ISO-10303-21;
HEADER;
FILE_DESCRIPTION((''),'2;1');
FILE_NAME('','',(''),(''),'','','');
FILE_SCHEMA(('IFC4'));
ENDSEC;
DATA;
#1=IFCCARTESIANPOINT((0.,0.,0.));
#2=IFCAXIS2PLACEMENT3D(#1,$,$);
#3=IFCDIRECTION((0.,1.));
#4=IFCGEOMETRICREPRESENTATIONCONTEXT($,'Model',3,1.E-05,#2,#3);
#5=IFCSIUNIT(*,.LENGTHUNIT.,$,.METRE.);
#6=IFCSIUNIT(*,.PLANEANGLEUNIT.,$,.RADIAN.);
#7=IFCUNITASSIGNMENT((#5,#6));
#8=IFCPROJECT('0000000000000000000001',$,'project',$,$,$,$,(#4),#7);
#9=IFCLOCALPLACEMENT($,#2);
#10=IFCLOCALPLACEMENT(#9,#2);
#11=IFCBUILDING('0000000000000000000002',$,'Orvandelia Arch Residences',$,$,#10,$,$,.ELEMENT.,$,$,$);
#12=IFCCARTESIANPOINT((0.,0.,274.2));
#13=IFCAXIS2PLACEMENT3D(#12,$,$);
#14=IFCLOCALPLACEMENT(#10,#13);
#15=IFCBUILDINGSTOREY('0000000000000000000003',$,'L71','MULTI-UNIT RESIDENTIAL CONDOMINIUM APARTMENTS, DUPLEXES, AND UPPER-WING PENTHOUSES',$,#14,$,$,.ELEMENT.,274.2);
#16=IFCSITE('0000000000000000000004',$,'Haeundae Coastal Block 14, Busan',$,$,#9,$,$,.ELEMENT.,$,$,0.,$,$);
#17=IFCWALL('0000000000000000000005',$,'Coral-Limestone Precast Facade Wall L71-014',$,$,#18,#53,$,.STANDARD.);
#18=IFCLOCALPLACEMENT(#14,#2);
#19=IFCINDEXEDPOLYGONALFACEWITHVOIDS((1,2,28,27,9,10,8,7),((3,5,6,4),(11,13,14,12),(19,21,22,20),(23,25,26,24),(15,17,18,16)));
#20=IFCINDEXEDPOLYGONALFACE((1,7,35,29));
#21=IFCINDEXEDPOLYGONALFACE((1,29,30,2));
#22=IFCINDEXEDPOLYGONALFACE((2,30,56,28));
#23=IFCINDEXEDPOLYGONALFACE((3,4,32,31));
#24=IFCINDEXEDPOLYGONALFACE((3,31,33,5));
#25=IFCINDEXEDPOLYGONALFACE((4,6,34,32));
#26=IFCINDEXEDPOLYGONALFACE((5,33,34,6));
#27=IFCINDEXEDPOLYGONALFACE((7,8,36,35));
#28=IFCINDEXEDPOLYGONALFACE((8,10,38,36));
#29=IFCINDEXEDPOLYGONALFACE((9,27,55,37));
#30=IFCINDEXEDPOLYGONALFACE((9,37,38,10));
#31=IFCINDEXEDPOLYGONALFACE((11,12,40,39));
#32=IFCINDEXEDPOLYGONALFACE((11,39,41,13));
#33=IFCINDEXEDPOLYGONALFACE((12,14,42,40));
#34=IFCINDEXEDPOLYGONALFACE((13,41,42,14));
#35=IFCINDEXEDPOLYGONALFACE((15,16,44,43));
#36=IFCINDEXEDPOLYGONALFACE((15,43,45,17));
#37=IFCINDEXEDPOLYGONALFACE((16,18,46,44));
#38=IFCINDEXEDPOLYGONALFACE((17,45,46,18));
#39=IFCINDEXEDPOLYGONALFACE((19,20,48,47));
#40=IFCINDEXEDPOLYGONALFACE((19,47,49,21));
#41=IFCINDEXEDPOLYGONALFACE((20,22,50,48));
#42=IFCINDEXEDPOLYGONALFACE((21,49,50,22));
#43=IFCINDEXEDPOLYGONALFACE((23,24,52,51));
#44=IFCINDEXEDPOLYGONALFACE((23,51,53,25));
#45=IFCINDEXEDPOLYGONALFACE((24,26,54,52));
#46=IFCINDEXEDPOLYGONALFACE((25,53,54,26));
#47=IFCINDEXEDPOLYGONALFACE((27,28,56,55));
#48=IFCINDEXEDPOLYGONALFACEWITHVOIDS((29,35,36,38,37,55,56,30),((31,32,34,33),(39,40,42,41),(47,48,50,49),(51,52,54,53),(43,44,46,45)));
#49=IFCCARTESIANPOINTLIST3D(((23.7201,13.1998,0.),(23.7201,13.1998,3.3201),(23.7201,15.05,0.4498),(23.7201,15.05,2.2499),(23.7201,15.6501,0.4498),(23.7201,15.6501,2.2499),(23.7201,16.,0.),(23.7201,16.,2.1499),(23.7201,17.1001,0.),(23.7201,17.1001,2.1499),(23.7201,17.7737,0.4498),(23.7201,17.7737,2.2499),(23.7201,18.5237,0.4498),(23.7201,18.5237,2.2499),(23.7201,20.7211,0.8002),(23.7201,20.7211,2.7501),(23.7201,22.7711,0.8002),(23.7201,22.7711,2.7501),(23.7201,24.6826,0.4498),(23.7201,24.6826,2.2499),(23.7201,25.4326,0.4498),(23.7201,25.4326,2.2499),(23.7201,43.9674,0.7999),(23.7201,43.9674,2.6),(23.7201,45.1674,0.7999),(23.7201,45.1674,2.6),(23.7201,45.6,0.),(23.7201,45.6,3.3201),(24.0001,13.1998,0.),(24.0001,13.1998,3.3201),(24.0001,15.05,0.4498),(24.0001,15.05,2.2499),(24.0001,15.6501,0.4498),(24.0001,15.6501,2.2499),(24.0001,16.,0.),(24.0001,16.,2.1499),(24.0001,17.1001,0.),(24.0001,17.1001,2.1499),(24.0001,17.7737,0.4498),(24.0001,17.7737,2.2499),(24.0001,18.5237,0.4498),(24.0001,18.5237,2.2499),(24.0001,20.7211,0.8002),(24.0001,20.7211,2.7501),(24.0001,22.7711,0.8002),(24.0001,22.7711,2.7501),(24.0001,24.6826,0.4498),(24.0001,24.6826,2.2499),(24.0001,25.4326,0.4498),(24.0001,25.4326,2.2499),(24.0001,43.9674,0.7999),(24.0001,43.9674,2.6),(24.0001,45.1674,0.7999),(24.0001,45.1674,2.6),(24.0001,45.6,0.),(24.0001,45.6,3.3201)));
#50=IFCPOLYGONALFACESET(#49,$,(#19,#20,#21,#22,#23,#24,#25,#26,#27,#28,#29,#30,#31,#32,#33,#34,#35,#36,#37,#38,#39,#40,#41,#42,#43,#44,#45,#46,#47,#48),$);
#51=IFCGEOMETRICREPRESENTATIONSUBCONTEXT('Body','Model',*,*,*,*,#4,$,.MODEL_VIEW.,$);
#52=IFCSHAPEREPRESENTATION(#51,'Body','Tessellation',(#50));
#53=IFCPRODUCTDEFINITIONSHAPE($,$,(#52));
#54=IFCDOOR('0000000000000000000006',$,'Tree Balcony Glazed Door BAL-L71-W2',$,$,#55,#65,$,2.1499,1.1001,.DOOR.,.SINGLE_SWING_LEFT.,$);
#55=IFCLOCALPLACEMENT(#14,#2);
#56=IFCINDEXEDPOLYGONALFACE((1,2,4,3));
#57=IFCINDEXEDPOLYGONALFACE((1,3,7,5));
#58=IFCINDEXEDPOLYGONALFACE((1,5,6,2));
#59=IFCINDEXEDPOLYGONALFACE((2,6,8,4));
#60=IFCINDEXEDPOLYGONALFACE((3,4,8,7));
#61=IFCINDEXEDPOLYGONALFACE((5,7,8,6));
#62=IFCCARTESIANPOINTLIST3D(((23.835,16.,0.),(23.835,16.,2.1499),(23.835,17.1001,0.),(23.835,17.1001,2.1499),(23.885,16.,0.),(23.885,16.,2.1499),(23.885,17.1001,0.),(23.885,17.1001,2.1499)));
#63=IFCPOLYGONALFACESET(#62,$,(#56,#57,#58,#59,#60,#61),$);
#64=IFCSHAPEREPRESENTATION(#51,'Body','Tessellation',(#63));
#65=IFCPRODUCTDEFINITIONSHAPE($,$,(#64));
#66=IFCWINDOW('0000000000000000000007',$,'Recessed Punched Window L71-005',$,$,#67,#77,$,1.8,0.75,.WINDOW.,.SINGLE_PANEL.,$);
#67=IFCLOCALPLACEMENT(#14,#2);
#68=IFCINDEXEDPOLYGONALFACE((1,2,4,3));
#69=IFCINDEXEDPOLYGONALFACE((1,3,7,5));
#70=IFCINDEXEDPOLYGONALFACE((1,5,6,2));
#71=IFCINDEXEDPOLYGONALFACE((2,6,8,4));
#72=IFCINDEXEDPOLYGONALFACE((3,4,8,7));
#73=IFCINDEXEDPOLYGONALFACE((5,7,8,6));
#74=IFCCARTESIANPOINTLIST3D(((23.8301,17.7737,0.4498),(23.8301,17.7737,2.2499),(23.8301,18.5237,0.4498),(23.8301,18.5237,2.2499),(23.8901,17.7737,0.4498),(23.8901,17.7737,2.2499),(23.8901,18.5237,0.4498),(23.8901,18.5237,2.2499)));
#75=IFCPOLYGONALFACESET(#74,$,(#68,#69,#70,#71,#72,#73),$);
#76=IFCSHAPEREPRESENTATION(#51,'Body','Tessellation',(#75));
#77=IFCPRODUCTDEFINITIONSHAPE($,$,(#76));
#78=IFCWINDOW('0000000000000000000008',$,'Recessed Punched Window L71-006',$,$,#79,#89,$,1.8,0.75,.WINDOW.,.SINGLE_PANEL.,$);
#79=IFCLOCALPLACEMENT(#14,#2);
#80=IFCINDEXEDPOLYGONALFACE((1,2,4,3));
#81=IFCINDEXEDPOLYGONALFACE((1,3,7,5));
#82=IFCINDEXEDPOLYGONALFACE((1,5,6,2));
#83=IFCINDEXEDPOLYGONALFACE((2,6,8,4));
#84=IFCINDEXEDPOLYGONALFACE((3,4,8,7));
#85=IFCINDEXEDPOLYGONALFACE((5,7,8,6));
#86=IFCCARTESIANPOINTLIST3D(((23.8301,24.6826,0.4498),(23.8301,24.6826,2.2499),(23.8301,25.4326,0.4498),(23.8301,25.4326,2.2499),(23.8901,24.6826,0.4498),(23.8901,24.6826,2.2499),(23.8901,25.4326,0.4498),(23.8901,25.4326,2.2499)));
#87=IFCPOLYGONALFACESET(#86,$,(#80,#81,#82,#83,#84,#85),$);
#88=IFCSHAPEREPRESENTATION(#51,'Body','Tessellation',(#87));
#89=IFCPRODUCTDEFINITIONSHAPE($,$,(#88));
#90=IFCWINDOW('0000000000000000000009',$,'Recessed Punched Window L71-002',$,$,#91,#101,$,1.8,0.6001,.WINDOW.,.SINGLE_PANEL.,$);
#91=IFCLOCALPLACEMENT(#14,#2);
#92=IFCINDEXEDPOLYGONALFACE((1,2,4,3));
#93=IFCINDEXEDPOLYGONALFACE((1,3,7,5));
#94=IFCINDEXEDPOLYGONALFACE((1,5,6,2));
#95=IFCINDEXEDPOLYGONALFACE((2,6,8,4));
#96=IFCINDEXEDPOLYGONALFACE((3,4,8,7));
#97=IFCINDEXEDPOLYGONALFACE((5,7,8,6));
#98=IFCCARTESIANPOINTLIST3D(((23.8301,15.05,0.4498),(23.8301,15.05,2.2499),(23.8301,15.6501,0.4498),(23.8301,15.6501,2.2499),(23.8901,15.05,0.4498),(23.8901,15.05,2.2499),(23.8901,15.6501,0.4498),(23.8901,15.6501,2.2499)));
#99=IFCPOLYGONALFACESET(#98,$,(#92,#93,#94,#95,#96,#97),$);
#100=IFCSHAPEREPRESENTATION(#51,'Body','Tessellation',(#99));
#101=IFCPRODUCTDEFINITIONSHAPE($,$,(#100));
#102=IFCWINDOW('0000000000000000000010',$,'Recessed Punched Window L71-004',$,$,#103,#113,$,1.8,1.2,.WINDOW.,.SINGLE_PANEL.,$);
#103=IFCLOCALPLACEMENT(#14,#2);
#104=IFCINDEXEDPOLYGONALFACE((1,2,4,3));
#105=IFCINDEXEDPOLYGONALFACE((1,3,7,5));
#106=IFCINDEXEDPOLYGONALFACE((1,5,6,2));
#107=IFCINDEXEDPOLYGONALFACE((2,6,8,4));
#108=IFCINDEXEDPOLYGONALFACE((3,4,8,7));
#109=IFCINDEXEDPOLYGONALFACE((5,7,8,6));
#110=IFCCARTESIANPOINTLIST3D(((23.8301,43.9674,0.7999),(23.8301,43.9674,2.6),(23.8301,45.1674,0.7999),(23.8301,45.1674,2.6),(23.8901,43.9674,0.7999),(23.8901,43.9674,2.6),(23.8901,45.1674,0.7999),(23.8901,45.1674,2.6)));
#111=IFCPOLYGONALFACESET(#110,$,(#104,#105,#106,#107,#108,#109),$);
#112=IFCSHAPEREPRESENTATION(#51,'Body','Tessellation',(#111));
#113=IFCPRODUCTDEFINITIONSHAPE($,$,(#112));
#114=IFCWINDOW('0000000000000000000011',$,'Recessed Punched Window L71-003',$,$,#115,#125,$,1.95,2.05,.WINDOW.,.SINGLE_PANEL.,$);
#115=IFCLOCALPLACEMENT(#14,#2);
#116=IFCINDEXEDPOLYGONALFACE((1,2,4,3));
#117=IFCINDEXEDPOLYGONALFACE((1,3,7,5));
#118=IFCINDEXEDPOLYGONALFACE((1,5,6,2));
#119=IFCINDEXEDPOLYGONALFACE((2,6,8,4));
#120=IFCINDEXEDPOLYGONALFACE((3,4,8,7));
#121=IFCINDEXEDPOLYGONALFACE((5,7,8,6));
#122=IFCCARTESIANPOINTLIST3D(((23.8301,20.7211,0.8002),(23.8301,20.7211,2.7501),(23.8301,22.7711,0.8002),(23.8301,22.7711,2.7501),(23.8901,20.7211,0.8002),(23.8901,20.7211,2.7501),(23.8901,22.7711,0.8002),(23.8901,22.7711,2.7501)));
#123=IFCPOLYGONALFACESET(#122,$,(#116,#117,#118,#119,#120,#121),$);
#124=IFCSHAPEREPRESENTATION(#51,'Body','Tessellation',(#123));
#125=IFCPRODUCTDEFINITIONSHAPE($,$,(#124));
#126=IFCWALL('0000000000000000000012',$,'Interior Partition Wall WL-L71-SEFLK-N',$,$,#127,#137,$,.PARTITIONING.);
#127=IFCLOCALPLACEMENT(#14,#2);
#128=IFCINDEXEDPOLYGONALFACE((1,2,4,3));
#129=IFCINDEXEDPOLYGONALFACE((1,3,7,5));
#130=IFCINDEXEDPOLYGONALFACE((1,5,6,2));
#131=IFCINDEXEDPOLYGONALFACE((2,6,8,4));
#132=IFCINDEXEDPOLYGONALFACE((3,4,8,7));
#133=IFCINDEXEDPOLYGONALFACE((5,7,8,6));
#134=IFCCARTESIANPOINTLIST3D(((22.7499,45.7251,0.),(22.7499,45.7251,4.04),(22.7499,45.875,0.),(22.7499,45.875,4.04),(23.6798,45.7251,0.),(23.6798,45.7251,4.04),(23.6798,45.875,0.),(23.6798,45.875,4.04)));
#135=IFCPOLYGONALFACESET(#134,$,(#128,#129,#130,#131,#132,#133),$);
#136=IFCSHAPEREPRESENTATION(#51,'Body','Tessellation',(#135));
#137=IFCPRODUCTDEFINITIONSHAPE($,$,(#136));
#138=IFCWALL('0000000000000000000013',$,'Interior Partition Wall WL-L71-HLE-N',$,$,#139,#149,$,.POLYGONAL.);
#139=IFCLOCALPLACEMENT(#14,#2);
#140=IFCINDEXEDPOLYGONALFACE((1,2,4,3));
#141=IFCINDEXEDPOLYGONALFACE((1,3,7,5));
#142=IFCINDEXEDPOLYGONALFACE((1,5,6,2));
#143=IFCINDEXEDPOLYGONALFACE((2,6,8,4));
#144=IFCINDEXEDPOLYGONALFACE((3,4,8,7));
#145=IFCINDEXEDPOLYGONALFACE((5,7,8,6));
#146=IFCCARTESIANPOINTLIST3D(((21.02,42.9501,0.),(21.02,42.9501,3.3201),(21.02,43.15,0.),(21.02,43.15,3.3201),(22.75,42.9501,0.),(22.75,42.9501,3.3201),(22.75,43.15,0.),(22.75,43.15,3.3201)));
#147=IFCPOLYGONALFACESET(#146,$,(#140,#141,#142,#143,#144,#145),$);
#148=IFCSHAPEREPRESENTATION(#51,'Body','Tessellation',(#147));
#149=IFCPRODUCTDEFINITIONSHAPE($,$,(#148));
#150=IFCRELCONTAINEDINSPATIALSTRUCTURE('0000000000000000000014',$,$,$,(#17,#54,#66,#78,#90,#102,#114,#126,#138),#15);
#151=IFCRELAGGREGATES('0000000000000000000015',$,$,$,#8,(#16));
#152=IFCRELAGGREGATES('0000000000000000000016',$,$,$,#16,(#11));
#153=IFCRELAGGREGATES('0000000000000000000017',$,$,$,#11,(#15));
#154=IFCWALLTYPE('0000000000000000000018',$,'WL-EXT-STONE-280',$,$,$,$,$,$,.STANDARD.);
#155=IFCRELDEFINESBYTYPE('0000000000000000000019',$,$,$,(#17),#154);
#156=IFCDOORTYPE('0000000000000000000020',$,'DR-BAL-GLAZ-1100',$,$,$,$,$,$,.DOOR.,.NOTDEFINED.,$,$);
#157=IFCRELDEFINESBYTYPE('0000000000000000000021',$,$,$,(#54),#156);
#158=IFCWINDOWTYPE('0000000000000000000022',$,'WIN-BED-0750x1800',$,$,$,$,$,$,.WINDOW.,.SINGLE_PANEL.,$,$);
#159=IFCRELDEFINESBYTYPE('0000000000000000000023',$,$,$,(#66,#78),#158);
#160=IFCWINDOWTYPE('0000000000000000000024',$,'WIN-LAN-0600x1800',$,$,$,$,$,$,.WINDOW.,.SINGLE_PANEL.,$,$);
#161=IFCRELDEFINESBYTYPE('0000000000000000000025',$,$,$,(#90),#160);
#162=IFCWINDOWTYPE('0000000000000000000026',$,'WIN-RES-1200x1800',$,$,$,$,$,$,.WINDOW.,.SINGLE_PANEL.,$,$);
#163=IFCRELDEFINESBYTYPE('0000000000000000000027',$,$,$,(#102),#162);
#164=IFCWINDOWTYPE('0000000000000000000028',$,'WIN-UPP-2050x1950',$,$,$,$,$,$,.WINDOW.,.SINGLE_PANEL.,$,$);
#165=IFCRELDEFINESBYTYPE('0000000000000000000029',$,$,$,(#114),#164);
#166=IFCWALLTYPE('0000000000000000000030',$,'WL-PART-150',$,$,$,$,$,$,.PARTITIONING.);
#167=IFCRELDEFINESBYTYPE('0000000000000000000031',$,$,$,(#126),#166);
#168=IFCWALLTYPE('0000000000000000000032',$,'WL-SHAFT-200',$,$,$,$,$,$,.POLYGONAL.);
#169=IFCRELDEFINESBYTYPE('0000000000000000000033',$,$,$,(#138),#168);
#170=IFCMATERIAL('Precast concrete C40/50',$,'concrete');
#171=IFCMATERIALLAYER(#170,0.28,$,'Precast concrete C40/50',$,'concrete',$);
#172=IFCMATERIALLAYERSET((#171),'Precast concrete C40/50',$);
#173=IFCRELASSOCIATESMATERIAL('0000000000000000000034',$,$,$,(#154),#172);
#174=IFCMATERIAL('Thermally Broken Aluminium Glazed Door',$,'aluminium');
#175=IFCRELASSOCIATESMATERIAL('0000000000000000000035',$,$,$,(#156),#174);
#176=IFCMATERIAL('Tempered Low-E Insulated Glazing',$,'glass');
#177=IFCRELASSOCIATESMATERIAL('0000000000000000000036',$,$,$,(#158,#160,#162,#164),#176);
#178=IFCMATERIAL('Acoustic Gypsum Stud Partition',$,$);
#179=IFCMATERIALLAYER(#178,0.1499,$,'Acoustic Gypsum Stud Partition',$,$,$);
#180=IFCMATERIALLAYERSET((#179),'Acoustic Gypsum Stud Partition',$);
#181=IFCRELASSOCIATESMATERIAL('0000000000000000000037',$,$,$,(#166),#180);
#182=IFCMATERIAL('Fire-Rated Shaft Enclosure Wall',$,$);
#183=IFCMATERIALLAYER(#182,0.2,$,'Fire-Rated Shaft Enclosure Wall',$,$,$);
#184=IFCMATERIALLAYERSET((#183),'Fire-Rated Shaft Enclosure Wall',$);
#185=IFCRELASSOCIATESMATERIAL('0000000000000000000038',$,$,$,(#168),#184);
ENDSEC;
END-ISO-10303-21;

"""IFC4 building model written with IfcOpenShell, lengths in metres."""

from ifc_helpers import new_model, si_unit, direction, frame, frame_2d, origin, place, context, subcontext, project, spatial, rectangle, extrude, material, layer, layer_set, type_object, element, fill, save


model = new_model("IFC4")

# Units and contexts
model_context = context("Model", 3, precision=1e-05, world=origin(), true_north=direction((0.0, 1.0)))
body_context = subcontext(model_context, "Body", "Model", "MODEL_VIEW")
ifc_project = project(units=[si_unit("LENGTHUNIT", "METRE"), si_unit("PLANEANGLEUNIT", "RADIAN")], contexts=[model_context])

# Site, building, storey
site_placement = place(None, origin())
site = spatial("IfcSite", under=ifc_project, at=site_placement, Name="Haeundae Coastal Block 14, Busan", CompositionType="ELEMENT", RefElevation=0.0)
building_placement = place(site_placement, origin())
building = spatial("IfcBuilding", under=site, at=building_placement, Name="Orvandelia Arch Residences", CompositionType="ELEMENT")
storey_placement = place(building_placement, frame((0.0, 0.0, 274.2)))
storey = spatial("IfcBuildingStorey", under=building, at=storey_placement, Name="L71", Description="MULTI-UNIT RESIDENTIAL CONDOMINIUM APARTMENTS, DUPLEXES, AND UPPER-WING PENTHOUSES", CompositionType="ELEMENT", Elevation=274.2)

# Shared definitions
ifc_material_1 = material(Name="Precast concrete C40/50", Category="concrete")
ifc_layer_1 = layer(ifc_material_1, 0.28, Name="Precast concrete C40/50", Category="concrete")
ifc_layer_set_1 = layer_set([ifc_layer_1], Name="Precast concrete C40/50")
wall_type_1 = type_object("IfcWallType", Name="WL-EXT-STONE-280", PredefinedType="STANDARD", material=ifc_layer_set_1)

# Wall, openings, door, windows
wall_1_placement = place(storey_placement, frame((23.8601, 45.6001, 0.0), z_axis=(0.0, 0.0, 1.0), x_axis=(0.0, -1.0, 0.0)))
wall_1 = element("IfcWall", 1, at=wall_1_placement, inside=storey, type_object=wall_type_1, Name="Coral-Limestone Precast Facade Wall L71-014", PredefinedType="STANDARD", context=body_context, shape_type="SweptSolid", body=[
    extrude(rectangle(XDim=32.4001, YDim=0.28, at=frame_2d((16.2002, 0.0))), origin(), (0.0, 0.0, 1.0), 3.3201),
])
opening_1_placement = place(wall_1_placement, frame((28.5, 0.0, 0.0)))
opening_1 = element("IfcOpeningElement", 2, at=opening_1_placement, cuts=wall_1, PredefinedType="OPENING", context=body_context, shape_type="SweptSolid", body=[
    extrude(rectangle(XDim=1.1001, YDim=2.1499, at=frame_2d((0.55, 1.075))), frame((0.0, 0.1499, 0.0), z_axis=(0.0, -1.0, 0.0), x_axis=(1.0, 0.0, 0.0)), (0.0, 0.0, 1.0), 0.3),
])
opening_2_placement = place(wall_1_placement, frame((29.95, 0.0, 0.45)))
opening_2 = element("IfcOpeningElement", 3, at=opening_2_placement, cuts=wall_1, PredefinedType="OPENING", context=body_context, shape_type="SweptSolid", body=[
    extrude(rectangle(XDim=0.6001, YDim=1.8, at=frame_2d((0.3, 0.8999))), frame((0.0, 0.1499, 0.0), z_axis=(0.0, -1.0, 0.0), x_axis=(1.0, 0.0, 0.0)), (0.0, 0.0, 1.0), 0.3),
])
opening_3_placement = place(wall_1_placement, frame((22.8291, 0.0, 0.8)))
opening_3 = element("IfcOpeningElement", 4, at=opening_3_placement, cuts=wall_1, PredefinedType="OPENING", context=body_context, shape_type="SweptSolid", body=[
    extrude(rectangle(XDim=2.05, YDim=1.95, at=frame_2d((1.0249, 0.9751))), frame((0.0, 0.1499, 0.0), z_axis=(0.0, -1.0, 0.0), x_axis=(1.0, 0.0, 0.0)), (0.0, 0.0, 1.0), 0.3),
])
opening_4_placement = place(wall_1_placement, frame((0.4326, 0.0, 0.8)))
opening_4 = element("IfcOpeningElement", 5, at=opening_4_placement, cuts=wall_1, PredefinedType="OPENING", context=body_context, shape_type="SweptSolid", body=[
    extrude(rectangle(XDim=1.2, YDim=1.8, at=frame_2d((0.6001, 0.8999))), frame((0.0, 0.1499, 0.0), z_axis=(0.0, -1.0, 0.0), x_axis=(1.0, 0.0, 0.0)), (0.0, 0.0, 1.0), 0.3),
])
opening_5_placement = place(wall_1_placement, frame((27.0764, 0.0, 0.45)))
opening_5 = element("IfcOpeningElement", 6, at=opening_5_placement, cuts=wall_1, PredefinedType="OPENING", context=body_context, shape_type="SweptSolid", body=[
    extrude(rectangle(XDim=0.75, YDim=1.8, at=frame_2d((0.375, 0.8999))), frame((0.0, 0.1499, 0.0), z_axis=(0.0, -1.0, 0.0), x_axis=(1.0, 0.0, 0.0)), (0.0, 0.0, 1.0), 0.3),
])
opening_6_placement = place(wall_1_placement, frame((20.1675, 0.0, 0.45)))
opening_6 = element("IfcOpeningElement", 7, at=opening_6_placement, cuts=wall_1, PredefinedType="OPENING", context=body_context, shape_type="SweptSolid", body=[
    extrude(rectangle(XDim=0.75, YDim=1.8, at=frame_2d((0.375, 0.8999))), frame((0.0, 0.1499, 0.0), z_axis=(0.0, -1.0, 0.0), x_axis=(1.0, 0.0, 0.0)), (0.0, 0.0, 1.0), 0.3),
])
ifc_material_2 = material(Name="Thermally Broken Aluminium Glazed Door", Category="aluminium")
door_type_1 = type_object("IfcDoorType", Name="DR-BAL-GLAZ-1100", OperationType="NOTDEFINED", PredefinedType="DOOR", material=ifc_material_2)
door_1_placement = place(opening_1_placement, origin())
door_1 = element("IfcDoor", 8, at=door_1_placement, inside=storey, type_object=door_type_1, Name="Tree Balcony Glazed Door BAL-L71-W2", OperationType="SINGLE_SWING_LEFT", OverallHeight=2.1499, OverallWidth=1.1001, PredefinedType="DOOR", context=body_context, shape_type="SweptSolid", body=[
    extrude(rectangle(XDim=1.1001, YDim=2.1499, at=frame_2d((0.55, 1.075))), frame((0.0, 0.0249, 0.0), z_axis=(0.0, -1.0, 0.0), x_axis=(1.0, 0.0, 0.0)), (0.0, 0.0, 1.0), 0.05),
])
fill(opening_1, door_1)
ifc_material_3 = material(Name="Tempered Low-E Insulated Glazing", Category="glass")
window_type_1 = type_object("IfcWindowType", Name="WIN-BED-0750x1800", PartitioningType="SINGLE_PANEL", PredefinedType="WINDOW", material=ifc_material_3)
window_1_placement = place(opening_5_placement, origin())
window_1 = element("IfcWindow", 9, at=window_1_placement, inside=storey, type_object=window_type_1, Name="Recessed Punched Window L71-005", OverallHeight=1.8, OverallWidth=0.75, PartitioningType="SINGLE_PANEL", PredefinedType="WINDOW", context=body_context, shape_type="SweptSolid", body=[
    extrude(rectangle(XDim=0.75, YDim=1.8, at=frame_2d((0.375, 0.8999))), frame((0.0, 0.03, 0.0), z_axis=(0.0, -1.0, 0.0), x_axis=(1.0, 0.0, 0.0)), (0.0, 0.0, 1.0), 0.0601),
])
fill(opening_5, window_1)
window_2_placement = place(opening_6_placement, origin())
window_2 = element("IfcWindow", 10, at=window_2_placement, inside=storey, type_object=window_type_1, Name="Recessed Punched Window L71-006", OverallHeight=1.8, OverallWidth=0.75, PartitioningType="SINGLE_PANEL", PredefinedType="WINDOW", context=body_context, shape_type="SweptSolid", body=[
    extrude(rectangle(XDim=0.75, YDim=1.8, at=frame_2d((0.375, 0.8999))), frame((0.0, 0.03, 0.0), z_axis=(0.0, -1.0, 0.0), x_axis=(1.0, 0.0, 0.0)), (0.0, 0.0, 1.0), 0.0601),
])
fill(opening_6, window_2)
window_type_2 = type_object("IfcWindowType", Name="WIN-LAN-0600x1800", PartitioningType="SINGLE_PANEL", PredefinedType="WINDOW", material=ifc_material_3)
window_3_placement = place(opening_2_placement, origin())
window_3 = element("IfcWindow", 11, at=window_3_placement, inside=storey, type_object=window_type_2, Name="Recessed Punched Window L71-002", OverallHeight=1.8, OverallWidth=0.6001, PartitioningType="SINGLE_PANEL", PredefinedType="WINDOW", context=body_context, shape_type="SweptSolid", body=[
    extrude(rectangle(XDim=0.6001, YDim=1.8, at=frame_2d((0.3, 0.8999))), frame((0.0, 0.03, 0.0), z_axis=(0.0, -1.0, 0.0), x_axis=(1.0, 0.0, 0.0)), (0.0, 0.0, 1.0), 0.0601),
])
fill(opening_2, window_3)
window_type_3 = type_object("IfcWindowType", Name="WIN-RES-1200x1800", PartitioningType="SINGLE_PANEL", PredefinedType="WINDOW", material=ifc_material_3)
window_4_placement = place(opening_4_placement, origin())
window_4 = element("IfcWindow", 12, at=window_4_placement, inside=storey, type_object=window_type_3, Name="Recessed Punched Window L71-004", OverallHeight=1.8, OverallWidth=1.2, PartitioningType="SINGLE_PANEL", PredefinedType="WINDOW", context=body_context, shape_type="SweptSolid", body=[
    extrude(rectangle(XDim=1.2, YDim=1.8, at=frame_2d((0.6001, 0.8999))), frame((0.0, 0.03, 0.0), z_axis=(0.0, -1.0, 0.0), x_axis=(1.0, 0.0, 0.0)), (0.0, 0.0, 1.0), 0.0601),
])
fill(opening_4, window_4)
window_type_4 = type_object("IfcWindowType", Name="WIN-UPP-2050x1950", PartitioningType="SINGLE_PANEL", PredefinedType="WINDOW", material=ifc_material_3)
window_5_placement = place(opening_3_placement, origin())
window_5 = element("IfcWindow", 13, at=window_5_placement, inside=storey, type_object=window_type_4, Name="Recessed Punched Window L71-003", OverallHeight=1.95, OverallWidth=2.05, PartitioningType="SINGLE_PANEL", PredefinedType="WINDOW", context=body_context, shape_type="SweptSolid", body=[
    extrude(rectangle(XDim=2.05, YDim=1.95, at=frame_2d((1.0249, 0.9751))), frame((0.0, 0.03, 0.0), z_axis=(0.0, -1.0, 0.0), x_axis=(1.0, 0.0, 0.0)), (0.0, 0.0, 1.0), 0.0601),
])
fill(opening_3, window_5)

# Walls
ifc_material_4 = material(Name="Acoustic Gypsum Stud Partition")
ifc_layer_2 = layer(ifc_material_4, 0.1499, Name="Acoustic Gypsum Stud Partition")
ifc_layer_set_2 = layer_set([ifc_layer_2], Name="Acoustic Gypsum Stud Partition")
wall_type_2 = type_object("IfcWallType", Name="WL-PART-150", PredefinedType="PARTITIONING", material=ifc_layer_set_2)
wall_2_placement = place(storey_placement, frame((22.75, 45.8, 0.0), z_axis=(0.0, 0.0, 1.0), x_axis=(1.0, 0.0, 0.0)))
element("IfcWall", 14, at=wall_2_placement, inside=storey, type_object=wall_type_2, Name="Interior Partition Wall WL-L71-SEFLK-N", PredefinedType="PARTITIONING", context=body_context, shape_type="SweptSolid", body=[
    extrude(rectangle(XDim=0.9299, YDim=0.1499, at=frame_2d((0.4648, 0.0))), origin(), (0.0, 0.0, 1.0), 4.04),
])
ifc_material_5 = material(Name="Fire-Rated Shaft Enclosure Wall")
ifc_layer_3 = layer(ifc_material_5, 0.2, Name="Fire-Rated Shaft Enclosure Wall")
ifc_layer_set_3 = layer_set([ifc_layer_3], Name="Fire-Rated Shaft Enclosure Wall")
wall_type_3 = type_object("IfcWallType", Name="WL-SHAFT-200", PredefinedType="POLYGONAL", material=ifc_layer_set_3)
wall_3_placement = place(storey_placement, frame((21.02, 43.05, 0.0), z_axis=(0.0, 0.0, 1.0), x_axis=(1.0, 0.0, 0.0)))
element("IfcWall", 15, at=wall_3_placement, inside=storey, type_object=wall_type_3, Name="Interior Partition Wall WL-L71-HLE-N", PredefinedType="POLYGONAL", context=body_context, shape_type="SweptSolid", body=[
    extrude(rectangle(XDim=1.73, YDim=0.2, at=frame_2d((0.865, 0.0))), origin(), (0.0, 0.0, 1.0), 3.3201),
])

save(model, "model.ifc")
